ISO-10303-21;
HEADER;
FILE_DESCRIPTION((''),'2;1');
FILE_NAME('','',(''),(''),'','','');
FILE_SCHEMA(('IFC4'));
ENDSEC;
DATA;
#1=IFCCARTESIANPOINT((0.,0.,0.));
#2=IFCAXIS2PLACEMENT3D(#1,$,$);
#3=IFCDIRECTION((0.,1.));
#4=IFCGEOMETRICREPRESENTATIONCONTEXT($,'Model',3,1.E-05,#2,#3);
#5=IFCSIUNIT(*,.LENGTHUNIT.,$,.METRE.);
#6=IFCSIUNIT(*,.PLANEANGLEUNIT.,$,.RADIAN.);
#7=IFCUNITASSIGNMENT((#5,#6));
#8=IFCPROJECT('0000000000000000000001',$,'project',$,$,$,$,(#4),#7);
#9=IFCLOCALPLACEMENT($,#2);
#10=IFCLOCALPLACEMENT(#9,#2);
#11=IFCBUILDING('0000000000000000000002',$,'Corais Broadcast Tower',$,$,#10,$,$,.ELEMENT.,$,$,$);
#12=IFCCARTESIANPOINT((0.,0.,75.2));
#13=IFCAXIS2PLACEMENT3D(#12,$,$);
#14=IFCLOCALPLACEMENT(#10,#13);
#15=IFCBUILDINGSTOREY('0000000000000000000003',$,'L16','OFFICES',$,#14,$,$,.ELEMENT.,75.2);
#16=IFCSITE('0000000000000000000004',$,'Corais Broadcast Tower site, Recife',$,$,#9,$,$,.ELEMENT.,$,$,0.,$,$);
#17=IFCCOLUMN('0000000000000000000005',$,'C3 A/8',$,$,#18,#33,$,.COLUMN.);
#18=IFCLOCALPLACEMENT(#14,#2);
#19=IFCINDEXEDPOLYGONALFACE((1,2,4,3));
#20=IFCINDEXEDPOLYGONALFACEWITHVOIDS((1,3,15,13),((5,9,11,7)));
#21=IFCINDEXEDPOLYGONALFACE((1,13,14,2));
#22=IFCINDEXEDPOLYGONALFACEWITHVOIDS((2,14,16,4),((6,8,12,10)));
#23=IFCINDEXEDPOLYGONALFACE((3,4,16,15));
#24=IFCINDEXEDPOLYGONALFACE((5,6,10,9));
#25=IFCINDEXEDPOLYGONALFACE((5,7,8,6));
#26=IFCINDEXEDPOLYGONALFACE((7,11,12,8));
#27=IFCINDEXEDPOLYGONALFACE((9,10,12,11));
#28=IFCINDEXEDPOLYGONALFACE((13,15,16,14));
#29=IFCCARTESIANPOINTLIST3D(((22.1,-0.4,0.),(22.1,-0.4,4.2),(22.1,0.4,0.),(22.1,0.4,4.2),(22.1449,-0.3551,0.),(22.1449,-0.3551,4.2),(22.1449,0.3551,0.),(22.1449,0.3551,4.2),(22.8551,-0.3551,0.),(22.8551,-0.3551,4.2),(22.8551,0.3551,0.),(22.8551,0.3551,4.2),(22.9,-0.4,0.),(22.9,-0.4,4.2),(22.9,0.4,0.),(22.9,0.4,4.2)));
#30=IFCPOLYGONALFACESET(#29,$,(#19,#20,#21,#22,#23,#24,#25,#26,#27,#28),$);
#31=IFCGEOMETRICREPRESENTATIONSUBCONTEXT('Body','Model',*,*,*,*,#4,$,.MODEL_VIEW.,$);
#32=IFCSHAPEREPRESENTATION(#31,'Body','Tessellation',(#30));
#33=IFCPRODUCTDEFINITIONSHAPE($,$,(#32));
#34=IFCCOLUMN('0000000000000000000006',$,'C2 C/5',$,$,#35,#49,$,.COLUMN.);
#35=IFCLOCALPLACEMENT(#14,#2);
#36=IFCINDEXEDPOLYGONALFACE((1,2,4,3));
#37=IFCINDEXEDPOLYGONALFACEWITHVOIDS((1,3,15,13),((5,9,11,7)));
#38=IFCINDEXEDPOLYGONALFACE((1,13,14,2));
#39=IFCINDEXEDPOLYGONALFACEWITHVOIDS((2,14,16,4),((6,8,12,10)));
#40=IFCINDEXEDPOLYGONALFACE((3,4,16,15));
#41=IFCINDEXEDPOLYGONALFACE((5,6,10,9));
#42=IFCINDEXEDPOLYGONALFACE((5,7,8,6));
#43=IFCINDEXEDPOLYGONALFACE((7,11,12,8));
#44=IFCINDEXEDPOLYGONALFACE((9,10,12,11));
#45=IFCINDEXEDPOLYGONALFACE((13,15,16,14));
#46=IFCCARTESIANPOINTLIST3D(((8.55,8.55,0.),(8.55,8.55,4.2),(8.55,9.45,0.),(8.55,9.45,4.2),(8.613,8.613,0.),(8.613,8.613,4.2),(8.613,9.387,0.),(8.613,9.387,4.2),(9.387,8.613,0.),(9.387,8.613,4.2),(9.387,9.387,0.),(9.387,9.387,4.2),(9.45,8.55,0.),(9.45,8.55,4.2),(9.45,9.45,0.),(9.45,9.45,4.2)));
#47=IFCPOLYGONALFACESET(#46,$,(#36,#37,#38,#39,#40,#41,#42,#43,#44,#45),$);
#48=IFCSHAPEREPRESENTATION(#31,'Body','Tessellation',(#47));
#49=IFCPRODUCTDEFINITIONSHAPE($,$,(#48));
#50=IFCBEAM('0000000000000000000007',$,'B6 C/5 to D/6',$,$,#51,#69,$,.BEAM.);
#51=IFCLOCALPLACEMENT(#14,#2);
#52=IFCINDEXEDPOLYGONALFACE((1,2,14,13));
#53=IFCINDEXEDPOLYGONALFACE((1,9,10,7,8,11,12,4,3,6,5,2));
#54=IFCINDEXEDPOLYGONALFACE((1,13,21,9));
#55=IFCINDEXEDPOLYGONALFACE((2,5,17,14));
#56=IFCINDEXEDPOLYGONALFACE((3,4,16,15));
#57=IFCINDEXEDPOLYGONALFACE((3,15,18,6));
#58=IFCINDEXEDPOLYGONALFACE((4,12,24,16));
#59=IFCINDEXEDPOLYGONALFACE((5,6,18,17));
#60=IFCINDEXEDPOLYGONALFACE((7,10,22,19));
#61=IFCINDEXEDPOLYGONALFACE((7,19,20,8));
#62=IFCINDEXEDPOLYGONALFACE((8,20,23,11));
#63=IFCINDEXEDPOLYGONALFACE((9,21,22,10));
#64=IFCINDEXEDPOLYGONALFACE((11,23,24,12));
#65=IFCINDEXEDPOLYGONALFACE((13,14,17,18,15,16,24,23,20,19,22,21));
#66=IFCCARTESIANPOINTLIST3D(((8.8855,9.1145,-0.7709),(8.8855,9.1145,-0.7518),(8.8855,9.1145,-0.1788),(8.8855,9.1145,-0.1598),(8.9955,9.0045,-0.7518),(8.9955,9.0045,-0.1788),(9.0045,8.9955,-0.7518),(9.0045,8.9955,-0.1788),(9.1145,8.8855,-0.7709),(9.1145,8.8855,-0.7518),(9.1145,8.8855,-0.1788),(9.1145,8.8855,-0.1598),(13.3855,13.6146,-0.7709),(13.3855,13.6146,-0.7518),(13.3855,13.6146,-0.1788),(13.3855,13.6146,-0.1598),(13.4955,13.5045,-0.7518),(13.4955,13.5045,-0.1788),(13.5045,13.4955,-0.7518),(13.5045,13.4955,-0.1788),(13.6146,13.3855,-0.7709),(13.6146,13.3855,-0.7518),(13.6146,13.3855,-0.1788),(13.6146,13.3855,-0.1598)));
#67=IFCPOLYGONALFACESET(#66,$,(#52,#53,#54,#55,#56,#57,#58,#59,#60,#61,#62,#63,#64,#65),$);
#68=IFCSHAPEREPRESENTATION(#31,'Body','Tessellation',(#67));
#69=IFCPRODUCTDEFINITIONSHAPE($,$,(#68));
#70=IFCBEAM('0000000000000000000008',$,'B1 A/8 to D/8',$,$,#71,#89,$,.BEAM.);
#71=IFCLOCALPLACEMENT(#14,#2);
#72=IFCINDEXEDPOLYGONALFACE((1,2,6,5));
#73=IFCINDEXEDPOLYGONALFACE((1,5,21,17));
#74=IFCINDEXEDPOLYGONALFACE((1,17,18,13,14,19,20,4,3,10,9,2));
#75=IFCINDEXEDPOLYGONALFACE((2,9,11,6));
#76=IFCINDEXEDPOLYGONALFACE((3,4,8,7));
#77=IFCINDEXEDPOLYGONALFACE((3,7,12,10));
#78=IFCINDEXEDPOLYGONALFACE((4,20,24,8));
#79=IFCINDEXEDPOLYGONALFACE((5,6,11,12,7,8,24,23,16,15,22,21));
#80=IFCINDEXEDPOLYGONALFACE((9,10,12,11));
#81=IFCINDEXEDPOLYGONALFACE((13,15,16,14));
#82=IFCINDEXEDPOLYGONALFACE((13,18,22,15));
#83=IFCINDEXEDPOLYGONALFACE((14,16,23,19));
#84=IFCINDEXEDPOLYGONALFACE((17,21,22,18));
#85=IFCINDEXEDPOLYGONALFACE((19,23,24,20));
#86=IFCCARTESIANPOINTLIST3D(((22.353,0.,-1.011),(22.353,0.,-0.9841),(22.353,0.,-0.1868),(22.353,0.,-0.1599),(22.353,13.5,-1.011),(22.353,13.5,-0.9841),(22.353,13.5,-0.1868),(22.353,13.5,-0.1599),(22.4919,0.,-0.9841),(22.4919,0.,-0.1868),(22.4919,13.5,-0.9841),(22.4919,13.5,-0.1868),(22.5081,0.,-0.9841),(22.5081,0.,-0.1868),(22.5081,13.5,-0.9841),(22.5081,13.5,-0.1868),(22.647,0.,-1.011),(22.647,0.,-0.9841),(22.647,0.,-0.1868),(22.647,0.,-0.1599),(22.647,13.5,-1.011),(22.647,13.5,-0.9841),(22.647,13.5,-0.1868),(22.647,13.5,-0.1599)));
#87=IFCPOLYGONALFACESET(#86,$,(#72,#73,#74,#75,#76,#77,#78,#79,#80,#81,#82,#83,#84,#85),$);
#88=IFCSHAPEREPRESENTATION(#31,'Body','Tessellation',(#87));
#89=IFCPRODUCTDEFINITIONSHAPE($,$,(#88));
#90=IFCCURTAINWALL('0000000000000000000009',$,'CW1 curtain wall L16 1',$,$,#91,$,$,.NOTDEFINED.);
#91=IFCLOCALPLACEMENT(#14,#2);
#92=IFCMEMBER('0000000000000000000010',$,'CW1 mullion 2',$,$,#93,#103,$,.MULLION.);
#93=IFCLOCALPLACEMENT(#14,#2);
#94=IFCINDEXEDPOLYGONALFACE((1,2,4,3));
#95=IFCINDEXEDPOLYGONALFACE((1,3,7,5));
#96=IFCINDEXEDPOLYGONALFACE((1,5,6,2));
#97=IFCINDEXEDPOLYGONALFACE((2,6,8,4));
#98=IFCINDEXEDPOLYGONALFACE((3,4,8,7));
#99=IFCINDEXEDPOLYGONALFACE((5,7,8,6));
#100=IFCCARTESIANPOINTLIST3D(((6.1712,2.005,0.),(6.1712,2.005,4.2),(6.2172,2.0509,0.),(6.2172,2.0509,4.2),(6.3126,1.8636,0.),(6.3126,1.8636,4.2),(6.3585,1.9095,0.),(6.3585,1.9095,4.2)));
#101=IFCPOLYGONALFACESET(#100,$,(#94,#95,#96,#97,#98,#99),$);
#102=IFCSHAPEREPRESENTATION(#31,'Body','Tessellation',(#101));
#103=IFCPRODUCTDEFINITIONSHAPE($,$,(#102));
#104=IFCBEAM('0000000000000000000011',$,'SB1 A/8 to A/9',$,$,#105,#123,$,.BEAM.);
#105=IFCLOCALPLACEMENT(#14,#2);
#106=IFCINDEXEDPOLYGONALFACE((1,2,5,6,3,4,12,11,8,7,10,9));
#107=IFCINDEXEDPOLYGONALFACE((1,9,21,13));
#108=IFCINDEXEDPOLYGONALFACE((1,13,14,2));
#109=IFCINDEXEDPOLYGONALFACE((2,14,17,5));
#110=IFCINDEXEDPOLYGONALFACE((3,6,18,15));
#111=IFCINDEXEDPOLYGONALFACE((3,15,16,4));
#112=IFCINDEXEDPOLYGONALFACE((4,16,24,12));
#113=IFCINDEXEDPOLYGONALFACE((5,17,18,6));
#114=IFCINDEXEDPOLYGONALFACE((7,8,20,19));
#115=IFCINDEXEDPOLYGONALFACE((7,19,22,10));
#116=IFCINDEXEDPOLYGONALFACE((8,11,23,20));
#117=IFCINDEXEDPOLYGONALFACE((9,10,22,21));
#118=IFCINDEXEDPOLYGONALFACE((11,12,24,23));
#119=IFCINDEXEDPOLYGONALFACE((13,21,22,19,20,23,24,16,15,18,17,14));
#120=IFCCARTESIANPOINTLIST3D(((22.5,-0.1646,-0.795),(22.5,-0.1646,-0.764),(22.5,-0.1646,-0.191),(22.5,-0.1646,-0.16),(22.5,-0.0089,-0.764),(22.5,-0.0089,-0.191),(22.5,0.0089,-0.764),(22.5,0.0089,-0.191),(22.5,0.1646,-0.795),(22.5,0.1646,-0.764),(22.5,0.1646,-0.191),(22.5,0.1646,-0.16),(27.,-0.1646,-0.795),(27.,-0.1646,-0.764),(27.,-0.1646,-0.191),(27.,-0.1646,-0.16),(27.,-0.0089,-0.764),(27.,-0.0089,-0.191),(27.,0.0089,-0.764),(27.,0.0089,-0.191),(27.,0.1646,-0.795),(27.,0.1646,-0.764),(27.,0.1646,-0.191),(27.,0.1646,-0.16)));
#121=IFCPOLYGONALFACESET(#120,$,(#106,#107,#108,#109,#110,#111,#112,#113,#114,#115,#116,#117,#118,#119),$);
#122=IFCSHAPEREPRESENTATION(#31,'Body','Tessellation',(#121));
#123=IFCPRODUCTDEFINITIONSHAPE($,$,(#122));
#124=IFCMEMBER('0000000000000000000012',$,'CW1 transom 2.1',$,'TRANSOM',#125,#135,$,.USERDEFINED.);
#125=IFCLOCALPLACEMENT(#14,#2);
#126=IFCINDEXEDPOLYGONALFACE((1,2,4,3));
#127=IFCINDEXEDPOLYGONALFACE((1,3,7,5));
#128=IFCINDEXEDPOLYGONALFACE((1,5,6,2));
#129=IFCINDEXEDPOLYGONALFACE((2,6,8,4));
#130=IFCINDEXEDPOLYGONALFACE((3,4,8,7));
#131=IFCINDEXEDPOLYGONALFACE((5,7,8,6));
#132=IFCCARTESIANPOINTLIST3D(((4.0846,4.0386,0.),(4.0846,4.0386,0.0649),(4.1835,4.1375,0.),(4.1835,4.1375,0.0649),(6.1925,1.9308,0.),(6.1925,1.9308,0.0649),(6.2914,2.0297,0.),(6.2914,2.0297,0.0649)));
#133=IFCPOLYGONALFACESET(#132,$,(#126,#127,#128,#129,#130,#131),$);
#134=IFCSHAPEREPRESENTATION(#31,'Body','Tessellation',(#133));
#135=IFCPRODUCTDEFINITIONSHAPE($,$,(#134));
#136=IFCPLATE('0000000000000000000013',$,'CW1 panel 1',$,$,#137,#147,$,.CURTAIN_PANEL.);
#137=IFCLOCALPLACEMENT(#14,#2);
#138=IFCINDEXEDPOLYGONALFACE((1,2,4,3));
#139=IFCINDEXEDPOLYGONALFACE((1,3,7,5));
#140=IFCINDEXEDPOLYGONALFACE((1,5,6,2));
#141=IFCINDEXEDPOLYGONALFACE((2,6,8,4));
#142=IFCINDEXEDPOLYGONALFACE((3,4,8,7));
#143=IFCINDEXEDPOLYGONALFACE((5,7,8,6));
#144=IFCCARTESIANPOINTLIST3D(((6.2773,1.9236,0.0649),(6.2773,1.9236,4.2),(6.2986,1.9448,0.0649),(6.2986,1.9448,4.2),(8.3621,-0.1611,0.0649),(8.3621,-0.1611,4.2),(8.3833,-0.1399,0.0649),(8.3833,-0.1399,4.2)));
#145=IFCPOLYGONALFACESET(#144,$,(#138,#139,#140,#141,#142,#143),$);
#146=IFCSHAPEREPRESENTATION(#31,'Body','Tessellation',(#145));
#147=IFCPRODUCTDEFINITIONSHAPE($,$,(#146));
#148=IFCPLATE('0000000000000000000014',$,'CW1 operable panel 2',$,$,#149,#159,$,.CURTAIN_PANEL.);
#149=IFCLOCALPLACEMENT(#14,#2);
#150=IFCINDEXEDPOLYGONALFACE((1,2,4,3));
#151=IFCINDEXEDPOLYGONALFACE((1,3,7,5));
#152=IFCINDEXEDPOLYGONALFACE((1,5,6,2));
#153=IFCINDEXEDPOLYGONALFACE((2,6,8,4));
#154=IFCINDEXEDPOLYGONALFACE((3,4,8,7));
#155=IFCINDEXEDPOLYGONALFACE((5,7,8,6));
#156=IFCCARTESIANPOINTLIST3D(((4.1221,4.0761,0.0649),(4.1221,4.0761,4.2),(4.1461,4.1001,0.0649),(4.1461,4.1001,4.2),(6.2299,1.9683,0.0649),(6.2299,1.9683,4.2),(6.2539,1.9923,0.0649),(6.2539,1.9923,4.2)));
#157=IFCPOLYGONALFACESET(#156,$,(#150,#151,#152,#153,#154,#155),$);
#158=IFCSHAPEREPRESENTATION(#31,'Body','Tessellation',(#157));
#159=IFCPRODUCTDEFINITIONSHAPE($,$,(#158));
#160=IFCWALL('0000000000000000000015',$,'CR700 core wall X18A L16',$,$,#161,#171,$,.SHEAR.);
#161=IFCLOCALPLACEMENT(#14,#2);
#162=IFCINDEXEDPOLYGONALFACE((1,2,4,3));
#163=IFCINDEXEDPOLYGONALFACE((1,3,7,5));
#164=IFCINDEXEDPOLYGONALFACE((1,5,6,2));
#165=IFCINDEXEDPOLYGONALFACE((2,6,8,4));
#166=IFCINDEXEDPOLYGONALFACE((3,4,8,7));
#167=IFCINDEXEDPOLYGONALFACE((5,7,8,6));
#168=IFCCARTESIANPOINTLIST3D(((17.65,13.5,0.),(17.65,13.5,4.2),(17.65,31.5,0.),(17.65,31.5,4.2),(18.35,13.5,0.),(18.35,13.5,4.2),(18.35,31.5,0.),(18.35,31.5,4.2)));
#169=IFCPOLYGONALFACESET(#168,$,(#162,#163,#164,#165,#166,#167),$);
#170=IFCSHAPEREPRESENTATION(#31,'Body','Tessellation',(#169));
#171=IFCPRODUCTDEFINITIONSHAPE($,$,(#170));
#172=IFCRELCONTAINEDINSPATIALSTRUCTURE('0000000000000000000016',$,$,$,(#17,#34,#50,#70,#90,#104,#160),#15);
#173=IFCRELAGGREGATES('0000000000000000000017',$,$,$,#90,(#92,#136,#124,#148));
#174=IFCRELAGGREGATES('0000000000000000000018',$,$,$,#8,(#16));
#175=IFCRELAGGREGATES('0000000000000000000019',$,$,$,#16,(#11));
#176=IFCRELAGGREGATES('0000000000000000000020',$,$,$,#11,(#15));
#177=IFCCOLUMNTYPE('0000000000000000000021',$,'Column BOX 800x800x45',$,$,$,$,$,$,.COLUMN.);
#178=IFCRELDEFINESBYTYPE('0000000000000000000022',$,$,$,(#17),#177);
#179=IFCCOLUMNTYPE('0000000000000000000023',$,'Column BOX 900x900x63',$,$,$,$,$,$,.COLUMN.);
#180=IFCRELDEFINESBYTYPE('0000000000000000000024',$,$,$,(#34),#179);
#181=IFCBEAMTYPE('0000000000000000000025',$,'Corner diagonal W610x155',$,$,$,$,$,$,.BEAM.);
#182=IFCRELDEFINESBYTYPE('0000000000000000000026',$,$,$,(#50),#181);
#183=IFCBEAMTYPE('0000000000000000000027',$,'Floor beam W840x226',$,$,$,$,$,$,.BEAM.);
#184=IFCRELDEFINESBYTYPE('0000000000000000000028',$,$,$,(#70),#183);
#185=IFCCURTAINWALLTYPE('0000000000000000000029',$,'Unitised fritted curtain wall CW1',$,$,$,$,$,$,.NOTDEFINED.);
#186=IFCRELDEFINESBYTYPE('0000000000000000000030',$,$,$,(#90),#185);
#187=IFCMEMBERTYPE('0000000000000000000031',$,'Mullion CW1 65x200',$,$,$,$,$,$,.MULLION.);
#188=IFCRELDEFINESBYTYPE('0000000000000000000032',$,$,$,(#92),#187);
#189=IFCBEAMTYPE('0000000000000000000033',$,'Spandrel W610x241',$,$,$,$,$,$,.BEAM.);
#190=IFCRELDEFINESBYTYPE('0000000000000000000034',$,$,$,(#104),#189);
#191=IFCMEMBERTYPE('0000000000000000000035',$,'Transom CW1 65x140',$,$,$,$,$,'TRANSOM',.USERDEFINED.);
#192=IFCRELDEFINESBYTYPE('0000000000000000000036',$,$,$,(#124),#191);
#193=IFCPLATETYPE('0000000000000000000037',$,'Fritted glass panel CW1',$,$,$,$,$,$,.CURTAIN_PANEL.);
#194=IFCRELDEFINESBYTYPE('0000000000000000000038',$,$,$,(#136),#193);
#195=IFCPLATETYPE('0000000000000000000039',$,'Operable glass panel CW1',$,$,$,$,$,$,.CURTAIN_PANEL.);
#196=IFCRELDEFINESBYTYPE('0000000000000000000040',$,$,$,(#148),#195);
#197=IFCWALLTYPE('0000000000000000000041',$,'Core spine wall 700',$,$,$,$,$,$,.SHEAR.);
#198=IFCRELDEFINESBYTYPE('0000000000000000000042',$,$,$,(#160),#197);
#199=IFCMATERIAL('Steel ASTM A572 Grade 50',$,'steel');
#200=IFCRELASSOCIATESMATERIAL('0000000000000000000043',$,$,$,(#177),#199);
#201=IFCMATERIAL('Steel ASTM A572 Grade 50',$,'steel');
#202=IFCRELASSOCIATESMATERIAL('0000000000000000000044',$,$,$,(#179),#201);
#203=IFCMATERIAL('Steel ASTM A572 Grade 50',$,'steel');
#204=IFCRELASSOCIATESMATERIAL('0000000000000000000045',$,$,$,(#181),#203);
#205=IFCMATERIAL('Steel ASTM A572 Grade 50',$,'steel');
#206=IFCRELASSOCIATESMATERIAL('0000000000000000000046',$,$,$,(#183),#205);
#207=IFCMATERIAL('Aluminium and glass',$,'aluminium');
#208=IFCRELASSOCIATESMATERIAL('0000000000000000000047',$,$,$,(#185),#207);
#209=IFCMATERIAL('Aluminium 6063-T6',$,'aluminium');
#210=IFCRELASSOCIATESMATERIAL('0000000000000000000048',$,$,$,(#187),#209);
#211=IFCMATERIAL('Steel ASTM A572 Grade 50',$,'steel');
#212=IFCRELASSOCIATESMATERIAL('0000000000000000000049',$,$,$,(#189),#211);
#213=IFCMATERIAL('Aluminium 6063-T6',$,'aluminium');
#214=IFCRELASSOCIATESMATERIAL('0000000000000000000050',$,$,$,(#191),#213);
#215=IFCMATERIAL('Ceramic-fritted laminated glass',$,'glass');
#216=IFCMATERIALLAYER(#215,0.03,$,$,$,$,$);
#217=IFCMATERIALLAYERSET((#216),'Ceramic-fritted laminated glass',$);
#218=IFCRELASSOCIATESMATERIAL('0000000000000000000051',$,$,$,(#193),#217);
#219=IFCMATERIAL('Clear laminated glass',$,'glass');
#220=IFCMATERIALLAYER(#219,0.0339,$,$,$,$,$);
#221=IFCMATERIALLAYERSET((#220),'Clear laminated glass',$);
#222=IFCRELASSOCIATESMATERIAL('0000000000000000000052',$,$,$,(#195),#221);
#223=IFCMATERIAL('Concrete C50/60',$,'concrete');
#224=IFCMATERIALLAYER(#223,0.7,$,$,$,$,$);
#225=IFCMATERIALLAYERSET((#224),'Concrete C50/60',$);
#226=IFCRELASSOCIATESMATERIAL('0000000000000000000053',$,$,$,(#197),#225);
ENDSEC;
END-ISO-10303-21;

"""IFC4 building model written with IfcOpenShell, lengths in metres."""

from ifc_helpers import new_model, si_unit, direction, frame, frame_2d, origin, origin_2d, place, context, subcontext, project, spatial, rectangle, hollow_rectangle, i_section, extrude, material, layer, layer_set, material_profile, profile_set, type_object, element, aggregate, save


model = new_model("IFC4")

# Units and contexts
model_context = context("Model", 3, precision=1e-05, world=origin(), true_north=direction((0.0, 1.0)))
body_context = subcontext(model_context, "Body", "Model", "MODEL_VIEW")
ifc_project = project(units=[si_unit("LENGTHUNIT", "METRE"), si_unit("PLANEANGLEUNIT", "RADIAN")], contexts=[model_context])

# Site, building, storey
site_placement = place(None, origin())
site = spatial("IfcSite", under=ifc_project, at=site_placement, Name="Corais Broadcast Tower site, Recife", CompositionType="ELEMENT", RefElevation=0.0)
building_placement = place(site_placement, origin())
building = spatial("IfcBuilding", under=site, at=building_placement, Name="Corais Broadcast Tower", CompositionType="ELEMENT")
storey_placement = place(building_placement, frame((0.0, 0.0, 75.2)))
storey = spatial("IfcBuildingStorey", under=building, at=storey_placement, Name="L16", Description="OFFICES", CompositionType="ELEMENT", Elevation=75.2)

# Columns
ifc_material_1 = material(Name="Steel ASTM A572 Grade 50", Category="steel")
ifc_material_profile_1 = material_profile(ifc_material_1, hollow_rectangle(XDim=0.8, YDim=0.8, WallThickness=0.0449, at=origin_2d()), Name="BOX 800x800x45")
ifc_profile_set_1 = profile_set([ifc_material_profile_1], Name="Steel ASTM A572 Grade 50")
column_type_1 = type_object("IfcColumnType", Name="Column BOX 800x800x45", PredefinedType="COLUMN", material=ifc_profile_set_1)
column_1_placement = place(storey_placement, frame((22.5, 0.0, 0.0), z_axis=(0.0, 0.0, 1.0), x_axis=(1.0, 0.0, 0.0)))
element("IfcColumn", 1, at=column_1_placement, inside=storey, type_object=column_type_1, Name="C3 A/8", PredefinedType="COLUMN", context=body_context, shape_type="SweptSolid", body=[
    extrude(hollow_rectangle(XDim=0.8, YDim=0.8, WallThickness=0.0449, at=origin_2d()), origin(), (0.0, 0.0, 1.0), 4.2),
])
ifc_material_2 = material(Name="Steel ASTM A572 Grade 50", Category="steel")
ifc_material_profile_2 = material_profile(ifc_material_2, hollow_rectangle(XDim=0.8999, YDim=0.8999, WallThickness=0.063, at=origin_2d()), Name="BOX 900x900x63")
ifc_profile_set_2 = profile_set([ifc_material_profile_2], Name="Steel ASTM A572 Grade 50")
column_type_2 = type_object("IfcColumnType", Name="Column BOX 900x900x63", PredefinedType="COLUMN", material=ifc_profile_set_2)
column_2_placement = place(storey_placement, frame((9.0, 9.0, 0.0), z_axis=(0.0, 0.0, 1.0), x_axis=(1.0, 0.0, 0.0)))
element("IfcColumn", 2, at=column_2_placement, inside=storey, type_object=column_type_2, Name="C2 C/5", PredefinedType="COLUMN", context=body_context, shape_type="SweptSolid", body=[
    extrude(hollow_rectangle(XDim=0.8999, YDim=0.8999, WallThickness=0.063, at=origin_2d()), origin(), (0.0, 0.0, 1.0), 4.2),
])

# Beams
ifc_material_3 = material(Name="Steel ASTM A572 Grade 50", Category="steel")
ifc_material_profile_3 = material_profile(ifc_material_3, i_section(OverallWidth=0.324, OverallDepth=0.6111, WebThickness=0.0127, FlangeThickness=0.019, at=origin_2d()), Name="W610x155")
ifc_profile_set_3 = profile_set([ifc_material_profile_3], Name="Steel ASTM A572 Grade 50")
beam_type_1 = type_object("IfcBeamType", Name="Corner diagonal W610x155", PredefinedType="BEAM", material=ifc_profile_set_3)
beam_1_placement = place(storey_placement, frame((9.0, 9.0, -0.4653), z_axis=(0.707107, 0.707107, 0.0), x_axis=(-0.707107, 0.707107, 0.0)))
element("IfcBeam", 3, at=beam_1_placement, inside=storey, type_object=beam_type_1, Name="B6 C/5 to D/6", PredefinedType="BEAM", context=body_context, shape_type="SweptSolid", body=[
    extrude(i_section(OverallWidth=0.324, OverallDepth=0.6111, WebThickness=0.0127, FlangeThickness=0.019, at=origin_2d()), origin(), (0.0, 0.0, 1.0), 6.364),
])
ifc_material_4 = material(Name="Steel ASTM A572 Grade 50", Category="steel")
ifc_material_profile_4 = material_profile(ifc_material_4, i_section(OverallWidth=0.2939, OverallDepth=0.8511, WebThickness=0.0161, FlangeThickness=0.0269, at=origin_2d()), Name="W840x226")
ifc_profile_set_4 = profile_set([ifc_material_profile_4], Name="Steel ASTM A572 Grade 50")
beam_type_2 = type_object("IfcBeamType", Name="Floor beam W840x226", PredefinedType="BEAM", material=ifc_profile_set_4)
beam_2_placement = place(storey_placement, frame((22.5, 0.0, -0.5854), z_axis=(0.0, 1.0, 0.0), x_axis=(-1.0, 0.0, 0.0)))
element("IfcBeam", 4, at=beam_2_placement, inside=storey, type_object=beam_type_2, Name="B1 A/8 to D/8", PredefinedType="BEAM", context=body_context, shape_type="SweptSolid", body=[
    extrude(i_section(OverallWidth=0.2939, OverallDepth=0.8511, WebThickness=0.0161, FlangeThickness=0.0269, at=origin_2d()), origin(), (0.0, 0.0, 1.0), 13.5),
])

# Curtain wall, member
ifc_material_5 = material(Name="Aluminium and glass", Category="aluminium")
curtain_wall_type = type_object("IfcCurtainWallType", Name="Unitised fritted curtain wall CW1", PredefinedType="NOTDEFINED", material=ifc_material_5)
curtain_wall_placement = place(storey_placement, origin())
curtain_wall = element("IfcCurtainWall", 5, at=curtain_wall_placement, inside=storey, type_object=curtain_wall_type, Name="CW1 curtain wall L16 1", PredefinedType="NOTDEFINED")
ifc_material_6 = material(Name="Aluminium 6063-T6", Category="aluminium")
ifc_material_profile_5 = material_profile(ifc_material_6, rectangle(XDim=0.0649, YDim=0.2, at=origin_2d()), Name="Mullion CW1 65x200")
ifc_profile_set_5 = profile_set([ifc_material_profile_5], Name="Aluminium 6063-T6")
member_type_1 = type_object("IfcMemberType", Name="Mullion CW1 65x200", PredefinedType="MULLION", material=ifc_profile_set_5)
member_1_placement = place(storey_placement, frame((6.2649, 1.9573, 0.0), z_axis=(0.0, 0.0, 1.0), x_axis=(-0.707107, -0.707107, 0.0)))
member_1 = element("IfcMember", 6, at=member_1_placement, type_object=member_type_1, Name="CW1 mullion 2", PredefinedType="MULLION", context=body_context, shape_type="SweptSolid", body=[
    extrude(rectangle(XDim=0.0649, YDim=0.2, at=origin_2d()), origin(), (0.0, 0.0, 1.0), 4.2),
])

# Beam
ifc_material_7 = material(Name="Steel ASTM A572 Grade 50", Category="steel")
ifc_material_profile_6 = material_profile(ifc_material_7, i_section(OverallWidth=0.3291, OverallDepth=0.635, WebThickness=0.0178, FlangeThickness=0.031, at=origin_2d()), Name="W610x241")
ifc_profile_set_6 = profile_set([ifc_material_profile_6], Name="Steel ASTM A572 Grade 50")
beam_type_3 = type_object("IfcBeamType", Name="Spandrel W610x241", PredefinedType="BEAM", material=ifc_profile_set_6)
beam_3_placement = place(storey_placement, frame((22.5, 0.0, -0.4775), z_axis=(1.0, 0.0, 0.0), x_axis=(0.0, 1.0, 0.0)))
element("IfcBeam", 7, at=beam_3_placement, inside=storey, type_object=beam_type_3, Name="SB1 A/8 to A/9", PredefinedType="BEAM", context=body_context, shape_type="SweptSolid", body=[
    extrude(i_section(OverallWidth=0.3291, OverallDepth=0.635, WebThickness=0.0178, FlangeThickness=0.031, at=origin_2d()), origin(), (0.0, 0.0, 1.0), 4.5),
])

# Member
ifc_material_8 = material(Name="Aluminium 6063-T6", Category="aluminium")
ifc_material_profile_7 = material_profile(ifc_material_8, rectangle(XDim=0.1399, YDim=0.0649, at=origin_2d()), Name="Transom CW1 65x140")
ifc_profile_set_7 = profile_set([ifc_material_profile_7], Name="Aluminium 6063-T6")
member_type_2 = type_object("IfcMemberType", Name="Transom CW1 65x140", ElementType="TRANSOM", PredefinedType="USERDEFINED", material=ifc_profile_set_7)
member_2_placement = place(storey_placement, frame((6.2419, 1.9802, 0.0325), z_axis=(-0.707107, 0.707107, 0.0), x_axis=(-0.707107, -0.707107, 0.0)))
member_2 = element("IfcMember", 8, at=member_2_placement, type_object=member_type_2, Name="CW1 transom 2.1", ObjectType="TRANSOM", PredefinedType="USERDEFINED", context=body_context, shape_type="SweptSolid", body=[
    extrude(rectangle(XDim=0.1399, YDim=0.0649, at=origin_2d()), origin(), (0.0, 0.0, 1.0), 2.981),
])

# Plates
ifc_material_9 = material(Name="Ceramic-fritted laminated glass", Category="glass")
ifc_layer_1 = layer(ifc_material_9, 0.03)
ifc_layer_set_1 = layer_set([ifc_layer_1], Name="Ceramic-fritted laminated glass")
plate_type_1 = type_object("IfcPlateType", Name="Fritted glass panel CW1", PredefinedType="CURTAIN_PANEL", material=ifc_layer_set_1)
plate_1_placement = place(storey_placement, frame((7.3303, 0.8918, 0.0649), z_axis=(0.0, 0.0, 1.0), x_axis=(-0.707107, 0.707107, 0.0)))
plate_1 = element("IfcPlate", 9, at=plate_1_placement, type_object=plate_type_1, Name="CW1 panel 1", PredefinedType="CURTAIN_PANEL", context=body_context, shape_type="SweptSolid", body=[
    extrude(rectangle(XDim=2.9482, YDim=0.03, at=origin_2d()), origin(), (0.0, 0.0, 1.0), 4.135),
])
ifc_material_10 = material(Name="Clear laminated glass", Category="glass")
ifc_layer_2 = layer(ifc_material_10, 0.0339)
ifc_layer_set_2 = layer_set([ifc_layer_2], Name="Clear laminated glass")
plate_type_2 = type_object("IfcPlateType", Name="Operable glass panel CW1", PredefinedType="CURTAIN_PANEL", material=ifc_layer_set_2)
plate_2_placement = place(storey_placement, frame((5.188, 3.0342, 0.0649), z_axis=(0.0, 0.0, 1.0), x_axis=(-0.707107, 0.707107, 0.0)))
plate_2 = element("IfcPlate", 10, at=plate_2_placement, type_object=plate_type_2, Name="CW1 operable panel 2", PredefinedType="CURTAIN_PANEL", context=body_context, shape_type="SweptSolid", body=[
    extrude(rectangle(XDim=2.981, YDim=0.0339, at=origin_2d()), origin(), (0.0, 0.0, 1.0), 4.135),
])
aggregate(curtain_wall, [member_1, plate_1, member_2, plate_2])

# Wall
ifc_material_11 = material(Name="Concrete C50/60", Category="concrete")
ifc_layer_3 = layer(ifc_material_11, 0.7)
ifc_layer_set_3 = layer_set([ifc_layer_3], Name="Concrete C50/60")
wall_type_1 = type_object("IfcWallType", Name="Core spine wall 700", PredefinedType="SHEAR", material=ifc_layer_set_3)
wall_1_placement = place(storey_placement, frame((18.0, 13.5, 0.0), z_axis=(0.0, 0.0, 1.0), x_axis=(0.0, 1.0, 0.0)))
element("IfcWall", 11, at=wall_1_placement, inside=storey, type_object=wall_type_1, Name="CR700 core wall X18A L16", PredefinedType="SHEAR", context=body_context, shape_type="SweptSolid", body=[
    extrude(rectangle(XDim=18.0, YDim=0.7, at=frame_2d((9.0, 0.0))), origin(), (0.0, 0.0, 1.0), 4.2),
])

save(model, "model.ifc")
